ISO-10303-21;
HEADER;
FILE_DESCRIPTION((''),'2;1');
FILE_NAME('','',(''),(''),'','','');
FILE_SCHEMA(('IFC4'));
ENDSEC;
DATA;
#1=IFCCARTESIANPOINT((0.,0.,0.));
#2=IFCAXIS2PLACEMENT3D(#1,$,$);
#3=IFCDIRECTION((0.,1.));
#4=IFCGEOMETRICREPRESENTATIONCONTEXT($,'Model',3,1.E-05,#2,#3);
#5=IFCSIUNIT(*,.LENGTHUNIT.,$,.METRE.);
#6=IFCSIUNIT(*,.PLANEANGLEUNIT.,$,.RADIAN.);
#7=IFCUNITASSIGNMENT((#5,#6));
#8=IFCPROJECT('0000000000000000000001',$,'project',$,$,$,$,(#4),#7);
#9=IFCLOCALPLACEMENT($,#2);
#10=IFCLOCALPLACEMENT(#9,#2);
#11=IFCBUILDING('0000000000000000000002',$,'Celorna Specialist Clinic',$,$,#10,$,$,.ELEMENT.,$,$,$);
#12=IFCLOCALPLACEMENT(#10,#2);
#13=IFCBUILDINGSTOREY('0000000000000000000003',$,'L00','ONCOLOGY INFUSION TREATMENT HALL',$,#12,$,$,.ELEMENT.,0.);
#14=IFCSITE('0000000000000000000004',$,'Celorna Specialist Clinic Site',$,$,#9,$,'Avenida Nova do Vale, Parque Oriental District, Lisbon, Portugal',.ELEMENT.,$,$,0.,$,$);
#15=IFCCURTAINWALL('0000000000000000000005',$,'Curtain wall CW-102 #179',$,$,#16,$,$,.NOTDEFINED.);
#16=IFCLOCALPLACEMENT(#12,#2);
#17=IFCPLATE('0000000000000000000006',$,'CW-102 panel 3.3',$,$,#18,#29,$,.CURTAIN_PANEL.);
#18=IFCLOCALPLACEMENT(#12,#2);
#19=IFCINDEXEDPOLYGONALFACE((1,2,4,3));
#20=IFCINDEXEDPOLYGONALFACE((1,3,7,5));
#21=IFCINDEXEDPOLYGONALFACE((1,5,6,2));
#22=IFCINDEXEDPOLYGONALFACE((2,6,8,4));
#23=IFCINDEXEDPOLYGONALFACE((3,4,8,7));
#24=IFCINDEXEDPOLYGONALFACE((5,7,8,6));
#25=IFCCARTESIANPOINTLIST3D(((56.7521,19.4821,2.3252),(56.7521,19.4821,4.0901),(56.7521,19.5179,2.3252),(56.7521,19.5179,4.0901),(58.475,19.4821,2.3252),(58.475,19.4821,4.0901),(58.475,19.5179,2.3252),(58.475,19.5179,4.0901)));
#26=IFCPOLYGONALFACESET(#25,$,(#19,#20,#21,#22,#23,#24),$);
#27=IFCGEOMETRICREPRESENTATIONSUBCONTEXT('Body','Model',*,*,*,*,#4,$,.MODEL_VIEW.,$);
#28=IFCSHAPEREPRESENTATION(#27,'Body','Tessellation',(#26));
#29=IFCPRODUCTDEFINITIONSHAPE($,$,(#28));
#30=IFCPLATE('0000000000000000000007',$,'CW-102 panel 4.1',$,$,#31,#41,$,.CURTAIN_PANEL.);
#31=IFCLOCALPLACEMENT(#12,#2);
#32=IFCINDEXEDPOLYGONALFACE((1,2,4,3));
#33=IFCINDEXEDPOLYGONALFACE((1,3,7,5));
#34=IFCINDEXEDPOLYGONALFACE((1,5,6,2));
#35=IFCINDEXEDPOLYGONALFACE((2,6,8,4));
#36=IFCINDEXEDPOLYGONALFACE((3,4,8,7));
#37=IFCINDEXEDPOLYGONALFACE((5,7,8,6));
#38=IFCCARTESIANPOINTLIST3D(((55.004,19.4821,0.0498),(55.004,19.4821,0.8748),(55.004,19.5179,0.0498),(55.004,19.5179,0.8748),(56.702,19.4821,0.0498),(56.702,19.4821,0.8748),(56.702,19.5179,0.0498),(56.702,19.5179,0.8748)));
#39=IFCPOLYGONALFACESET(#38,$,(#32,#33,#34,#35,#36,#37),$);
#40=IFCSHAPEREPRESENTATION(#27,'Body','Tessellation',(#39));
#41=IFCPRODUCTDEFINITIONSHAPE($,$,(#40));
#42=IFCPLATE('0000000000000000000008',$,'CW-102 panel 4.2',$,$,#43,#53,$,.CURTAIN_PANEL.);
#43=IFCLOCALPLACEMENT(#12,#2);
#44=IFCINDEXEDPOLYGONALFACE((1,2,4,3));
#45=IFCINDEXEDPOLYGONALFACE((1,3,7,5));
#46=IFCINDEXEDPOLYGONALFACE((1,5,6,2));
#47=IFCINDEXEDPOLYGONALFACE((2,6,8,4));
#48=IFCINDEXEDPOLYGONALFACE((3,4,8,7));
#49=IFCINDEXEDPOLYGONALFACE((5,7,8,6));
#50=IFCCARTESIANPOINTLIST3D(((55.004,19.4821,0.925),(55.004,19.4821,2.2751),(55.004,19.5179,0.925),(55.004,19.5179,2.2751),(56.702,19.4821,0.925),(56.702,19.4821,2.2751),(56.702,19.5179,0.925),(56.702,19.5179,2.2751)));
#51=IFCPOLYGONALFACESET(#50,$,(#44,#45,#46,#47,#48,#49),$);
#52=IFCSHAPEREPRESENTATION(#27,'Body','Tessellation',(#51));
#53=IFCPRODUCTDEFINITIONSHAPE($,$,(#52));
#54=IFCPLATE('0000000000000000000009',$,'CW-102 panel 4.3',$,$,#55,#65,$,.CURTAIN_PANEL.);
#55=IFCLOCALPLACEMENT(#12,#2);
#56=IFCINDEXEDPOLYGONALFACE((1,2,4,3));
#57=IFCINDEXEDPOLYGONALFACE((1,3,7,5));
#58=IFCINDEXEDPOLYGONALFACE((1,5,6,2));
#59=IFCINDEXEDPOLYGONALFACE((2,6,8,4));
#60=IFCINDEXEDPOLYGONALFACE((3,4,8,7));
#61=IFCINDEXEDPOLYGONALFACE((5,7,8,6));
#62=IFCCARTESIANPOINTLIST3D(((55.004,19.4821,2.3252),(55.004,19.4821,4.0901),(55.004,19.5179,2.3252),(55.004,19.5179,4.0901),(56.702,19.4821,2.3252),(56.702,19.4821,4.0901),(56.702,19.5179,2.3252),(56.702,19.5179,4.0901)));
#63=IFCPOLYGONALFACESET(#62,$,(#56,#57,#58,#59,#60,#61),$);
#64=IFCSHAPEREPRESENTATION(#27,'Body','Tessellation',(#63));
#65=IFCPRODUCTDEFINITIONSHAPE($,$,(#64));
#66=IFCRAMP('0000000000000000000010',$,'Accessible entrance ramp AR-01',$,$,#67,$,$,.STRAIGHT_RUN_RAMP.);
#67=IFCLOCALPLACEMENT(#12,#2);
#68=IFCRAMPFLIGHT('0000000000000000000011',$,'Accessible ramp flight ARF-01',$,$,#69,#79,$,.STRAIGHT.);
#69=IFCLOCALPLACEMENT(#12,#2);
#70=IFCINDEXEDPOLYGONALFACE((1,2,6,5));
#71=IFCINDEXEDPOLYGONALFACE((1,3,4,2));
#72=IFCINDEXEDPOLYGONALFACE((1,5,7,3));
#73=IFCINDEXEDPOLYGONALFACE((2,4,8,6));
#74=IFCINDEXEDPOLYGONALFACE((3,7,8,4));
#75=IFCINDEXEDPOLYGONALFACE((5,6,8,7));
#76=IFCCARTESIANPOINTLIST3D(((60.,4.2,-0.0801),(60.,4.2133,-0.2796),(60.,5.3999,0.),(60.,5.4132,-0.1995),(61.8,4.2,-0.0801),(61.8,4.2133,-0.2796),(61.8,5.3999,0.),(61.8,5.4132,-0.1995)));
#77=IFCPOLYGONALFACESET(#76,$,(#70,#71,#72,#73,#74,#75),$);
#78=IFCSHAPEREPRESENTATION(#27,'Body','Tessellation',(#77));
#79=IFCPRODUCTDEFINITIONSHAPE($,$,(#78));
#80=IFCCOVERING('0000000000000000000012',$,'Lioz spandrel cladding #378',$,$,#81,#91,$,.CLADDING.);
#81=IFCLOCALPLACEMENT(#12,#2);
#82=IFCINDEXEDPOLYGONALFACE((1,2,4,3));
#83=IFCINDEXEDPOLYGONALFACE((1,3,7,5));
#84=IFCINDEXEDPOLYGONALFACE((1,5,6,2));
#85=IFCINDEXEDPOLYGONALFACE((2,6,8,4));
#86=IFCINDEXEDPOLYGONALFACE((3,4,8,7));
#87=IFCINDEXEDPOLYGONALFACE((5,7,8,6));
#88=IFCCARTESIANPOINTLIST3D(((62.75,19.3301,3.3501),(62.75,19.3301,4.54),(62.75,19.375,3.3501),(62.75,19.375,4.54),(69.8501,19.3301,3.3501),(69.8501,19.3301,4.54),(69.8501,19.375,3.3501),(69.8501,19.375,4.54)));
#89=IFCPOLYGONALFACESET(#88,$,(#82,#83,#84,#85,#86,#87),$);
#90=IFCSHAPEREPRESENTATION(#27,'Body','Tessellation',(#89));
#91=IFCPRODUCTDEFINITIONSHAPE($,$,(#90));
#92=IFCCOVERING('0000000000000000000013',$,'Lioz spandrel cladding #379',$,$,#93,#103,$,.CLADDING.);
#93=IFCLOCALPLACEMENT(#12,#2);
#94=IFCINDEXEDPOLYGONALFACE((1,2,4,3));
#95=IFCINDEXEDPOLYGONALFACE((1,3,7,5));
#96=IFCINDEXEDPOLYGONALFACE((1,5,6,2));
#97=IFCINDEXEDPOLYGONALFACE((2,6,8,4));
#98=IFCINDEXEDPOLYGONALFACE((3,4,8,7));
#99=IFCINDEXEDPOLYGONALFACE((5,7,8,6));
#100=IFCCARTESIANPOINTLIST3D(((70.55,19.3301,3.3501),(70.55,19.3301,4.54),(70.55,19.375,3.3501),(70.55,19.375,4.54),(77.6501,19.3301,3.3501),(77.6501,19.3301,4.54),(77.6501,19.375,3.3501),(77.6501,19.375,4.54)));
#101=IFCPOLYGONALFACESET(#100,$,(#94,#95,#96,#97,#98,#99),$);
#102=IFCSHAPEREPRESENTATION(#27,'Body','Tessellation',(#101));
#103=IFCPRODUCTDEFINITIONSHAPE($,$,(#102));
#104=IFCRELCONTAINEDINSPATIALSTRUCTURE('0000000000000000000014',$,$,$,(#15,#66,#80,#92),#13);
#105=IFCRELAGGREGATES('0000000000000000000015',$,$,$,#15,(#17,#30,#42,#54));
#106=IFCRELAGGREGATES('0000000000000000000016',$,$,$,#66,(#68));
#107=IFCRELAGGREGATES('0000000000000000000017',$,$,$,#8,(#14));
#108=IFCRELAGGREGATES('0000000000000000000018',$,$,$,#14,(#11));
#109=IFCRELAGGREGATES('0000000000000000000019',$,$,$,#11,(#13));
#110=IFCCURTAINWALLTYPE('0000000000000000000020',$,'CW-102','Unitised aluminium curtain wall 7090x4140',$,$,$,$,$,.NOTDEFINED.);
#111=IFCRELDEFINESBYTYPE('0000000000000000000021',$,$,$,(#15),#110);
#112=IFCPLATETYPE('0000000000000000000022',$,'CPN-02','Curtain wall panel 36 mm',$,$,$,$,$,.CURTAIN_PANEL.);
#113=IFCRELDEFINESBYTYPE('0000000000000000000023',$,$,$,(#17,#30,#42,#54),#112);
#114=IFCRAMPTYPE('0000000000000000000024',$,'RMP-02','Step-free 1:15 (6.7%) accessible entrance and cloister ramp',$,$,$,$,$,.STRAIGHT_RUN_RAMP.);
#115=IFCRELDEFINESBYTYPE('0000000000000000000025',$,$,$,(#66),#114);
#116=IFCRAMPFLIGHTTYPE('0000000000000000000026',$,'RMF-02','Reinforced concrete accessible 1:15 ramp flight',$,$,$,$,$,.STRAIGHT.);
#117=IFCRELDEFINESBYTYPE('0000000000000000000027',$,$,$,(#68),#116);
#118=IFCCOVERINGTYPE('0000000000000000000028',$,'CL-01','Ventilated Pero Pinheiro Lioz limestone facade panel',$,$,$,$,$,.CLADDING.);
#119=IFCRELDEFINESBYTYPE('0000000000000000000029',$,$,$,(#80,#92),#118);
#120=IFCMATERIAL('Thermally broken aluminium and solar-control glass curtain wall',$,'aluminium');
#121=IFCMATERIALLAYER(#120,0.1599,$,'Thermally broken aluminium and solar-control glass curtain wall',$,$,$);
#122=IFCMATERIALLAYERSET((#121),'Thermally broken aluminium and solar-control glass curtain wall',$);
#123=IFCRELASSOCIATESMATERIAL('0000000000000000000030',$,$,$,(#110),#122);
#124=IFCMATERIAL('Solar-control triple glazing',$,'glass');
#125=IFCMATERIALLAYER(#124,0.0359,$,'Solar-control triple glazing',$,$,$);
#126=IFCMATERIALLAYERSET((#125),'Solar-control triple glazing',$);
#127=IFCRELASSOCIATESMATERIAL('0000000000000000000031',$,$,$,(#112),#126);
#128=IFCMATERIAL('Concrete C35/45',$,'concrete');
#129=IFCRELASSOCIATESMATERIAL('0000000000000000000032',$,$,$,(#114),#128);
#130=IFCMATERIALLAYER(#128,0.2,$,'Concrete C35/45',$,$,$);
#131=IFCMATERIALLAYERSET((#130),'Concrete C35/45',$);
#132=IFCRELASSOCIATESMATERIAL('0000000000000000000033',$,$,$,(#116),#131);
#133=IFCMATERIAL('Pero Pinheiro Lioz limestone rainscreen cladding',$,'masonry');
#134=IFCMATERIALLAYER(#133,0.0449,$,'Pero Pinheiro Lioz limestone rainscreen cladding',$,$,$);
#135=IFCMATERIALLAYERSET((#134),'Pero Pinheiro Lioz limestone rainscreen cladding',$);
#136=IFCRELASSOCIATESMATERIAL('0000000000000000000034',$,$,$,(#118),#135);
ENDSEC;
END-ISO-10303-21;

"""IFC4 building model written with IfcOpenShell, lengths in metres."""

from ifc_helpers import new_model, si_unit, direction, frame, origin, origin_2d, place, context, subcontext, project, spatial, polyline, rectangle, outline, extrude, material, layer, layer_set, type_object, element, aggregate, save


model = new_model("IFC4")

# Units and contexts
model_context = context("Model", 3, precision=1e-05, world=origin(), true_north=direction((0.0, 1.0)))
body_context = subcontext(model_context, "Body", "Model", "MODEL_VIEW")
ifc_project = project(units=[si_unit("LENGTHUNIT", "METRE"), si_unit("PLANEANGLEUNIT", "RADIAN")], contexts=[model_context])

# Site, building, storey
site_placement = place(None, origin())
site = spatial("IfcSite", under=ifc_project, at=site_placement, Name="Celorna Specialist Clinic Site", LongName="Avenida Nova do Vale, Parque Oriental District, Lisbon, Portugal", CompositionType="ELEMENT", RefElevation=0.0)
building_placement = place(site_placement, origin())
building = spatial("IfcBuilding", under=site, at=building_placement, Name="Celorna Specialist Clinic", CompositionType="ELEMENT")
storey_placement = place(building_placement, origin())
storey = spatial("IfcBuildingStorey", under=building, at=storey_placement, Name="L00", Description="ONCOLOGY INFUSION TREATMENT HALL", CompositionType="ELEMENT", Elevation=0.0)

# Shared definitions
ifc_material_1 = material(Name="Concrete C35/45", Category="concrete")

# Curtain wall, plates
ifc_material_2 = material(Name="Thermally broken aluminium and solar-control glass curtain wall", Category="aluminium")
ifc_layer_1 = layer(ifc_material_2, 0.1599, Name="Thermally broken aluminium and solar-control glass curtain wall")
ifc_layer_set_1 = layer_set([ifc_layer_1], Name="Thermally broken aluminium and solar-control glass curtain wall")
curtain_wall_type = type_object("IfcCurtainWallType", Name="CW-102", Description="Unitised aluminium curtain wall 7090x4140", PredefinedType="NOTDEFINED", material=ifc_layer_set_1)
curtain_wall_placement = place(storey_placement, origin())
curtain_wall = element("IfcCurtainWall", 1, at=curtain_wall_placement, inside=storey, type_object=curtain_wall_type, Name="Curtain wall CW-102 #179", PredefinedType="NOTDEFINED")
ifc_material_3 = material(Name="Solar-control triple glazing", Category="glass")
ifc_layer_2 = layer(ifc_material_3, 0.0359, Name="Solar-control triple glazing")
ifc_layer_set_2 = layer_set([ifc_layer_2], Name="Solar-control triple glazing")
plate_type = type_object("IfcPlateType", Name="CPN-02", Description="Curtain wall panel 36 mm", PredefinedType="CURTAIN_PANEL", material=ifc_layer_set_2)
plate_1_placement = place(storey_placement, frame((57.6135, 19.5, 2.3252), z_axis=(0.0, 0.0, 1.0), x_axis=(-1.0, 0.0, 0.0)))
plate_1 = element("IfcPlate", 2, at=plate_1_placement, type_object=plate_type, Name="CW-102 panel 3.3", PredefinedType="CURTAIN_PANEL", context=body_context, shape_type="SweptSolid", body=[
    extrude(rectangle(XDim=1.7229, YDim=0.0359, at=origin_2d()), origin(), (0.0, 0.0, 1.0), 1.7649),
])
plate_2_placement = place(storey_placement, frame((55.853, 19.5, 0.0498), z_axis=(0.0, 0.0, 1.0), x_axis=(-1.0, 0.0, 0.0)))
plate_2 = element("IfcPlate", 3, at=plate_2_placement, type_object=plate_type, Name="CW-102 panel 4.1", PredefinedType="CURTAIN_PANEL", context=body_context, shape_type="SweptSolid", body=[
    extrude(rectangle(XDim=1.698, YDim=0.0359, at=origin_2d()), origin(), (0.0, 0.0, 1.0), 0.825),
])
plate_3_placement = place(storey_placement, frame((55.853, 19.5, 0.925), z_axis=(0.0, 0.0, 1.0), x_axis=(-1.0, 0.0, 0.0)))
plate_3 = element("IfcPlate", 4, at=plate_3_placement, type_object=plate_type, Name="CW-102 panel 4.2", PredefinedType="CURTAIN_PANEL", context=body_context, shape_type="SweptSolid", body=[
    extrude(rectangle(XDim=1.698, YDim=0.0359, at=origin_2d()), origin(), (0.0, 0.0, 1.0), 1.3501),
])
plate_4_placement = place(storey_placement, frame((55.853, 19.5, 2.3252), z_axis=(0.0, 0.0, 1.0), x_axis=(-1.0, 0.0, 0.0)))
plate_4 = element("IfcPlate", 5, at=plate_4_placement, type_object=plate_type, Name="CW-102 panel 4.3", PredefinedType="CURTAIN_PANEL", context=body_context, shape_type="SweptSolid", body=[
    extrude(rectangle(XDim=1.698, YDim=0.0359, at=origin_2d()), origin(), (0.0, 0.0, 1.0), 1.7649),
])
aggregate(curtain_wall, [plate_1, plate_2, plate_3, plate_4])

# Ramp, ramp flight
ramp_type = type_object("IfcRampType", Name="RMP-02", Description="Step-free 1:15 (6.7%) accessible entrance and cloister ramp", PredefinedType="STRAIGHT_RUN_RAMP", material=ifc_material_1)
ramp_placement = place(storey_placement, origin())
ramp = element("IfcRamp", 6, at=ramp_placement, inside=storey, type_object=ramp_type, Name="Accessible entrance ramp AR-01", PredefinedType="STRAIGHT_RUN_RAMP")
ifc_layer_3 = layer(ifc_material_1, 0.2, Name="Concrete C35/45")
ifc_layer_set_3 = layer_set([ifc_layer_3], Name="Concrete C35/45")
ramp_flight_type = type_object("IfcRampFlightType", Name="RMF-02", Description="Reinforced concrete accessible 1:15 ramp flight", PredefinedType="STRAIGHT", material=ifc_layer_set_3)
ramp_flight_placement = place(storey_placement, frame((60.0, 4.2, -0.0801), z_axis=(0.0, -0.066586, 0.997781), x_axis=(1.0, 0.0, 0.0)))
ramp_flight = element("IfcRampFlight", 7, at=ramp_flight_placement, type_object=ramp_flight_type, Name="Accessible ramp flight ARF-01", PredefinedType="STRAIGHT", context=body_context, shape_type="SweptSolid", body=[
    extrude(outline(polyline([(0.0, 0.0), (1.8, 0.0), (1.8, 1.2026), (0.0, 1.2026), (0.0, 0.0)])), origin(), (0.0, 0.0, -1.0), 0.2),
])
aggregate(ramp, [ramp_flight])

# Coverings
ifc_material_4 = material(Name="Pero Pinheiro Lioz limestone rainscreen cladding", Category="masonry")
ifc_layer_4 = layer(ifc_material_4, 0.0449, Name="Pero Pinheiro Lioz limestone rainscreen cladding")
ifc_layer_set_4 = layer_set([ifc_layer_4], Name="Pero Pinheiro Lioz limestone rainscreen cladding")
covering_type = type_object("IfcCoveringType", Name="CL-01", Description="Ventilated Pero Pinheiro Lioz limestone facade panel", PredefinedType="CLADDING", material=ifc_layer_set_4)
for number, where, z_axis, x_axis, name in (
    (8, (66.3, 19.3525, 3.3501), (0.0, 0.0, 1.0), (-1.0, 0.0, 0.0), "Lioz spandrel cladding #378"),
    (9, (74.1001, 19.3525, 3.3501), (0.0, 0.0, 1.0), (-1.0, 0.0, 0.0), "Lioz spandrel cladding #379"),
):
    element("IfcCovering", number, at=place(storey_placement, frame(where, z_axis=z_axis, x_axis=x_axis)), inside=storey, type_object=covering_type, Name=name, PredefinedType="CLADDING", context=body_context, shape_type="SweptSolid", body=[
        extrude(rectangle(XDim=7.1001, YDim=0.0449, at=origin_2d()), origin(), (0.0, 0.0, 1.0), 1.1899),
    ])

save(model, "model.ifc")
